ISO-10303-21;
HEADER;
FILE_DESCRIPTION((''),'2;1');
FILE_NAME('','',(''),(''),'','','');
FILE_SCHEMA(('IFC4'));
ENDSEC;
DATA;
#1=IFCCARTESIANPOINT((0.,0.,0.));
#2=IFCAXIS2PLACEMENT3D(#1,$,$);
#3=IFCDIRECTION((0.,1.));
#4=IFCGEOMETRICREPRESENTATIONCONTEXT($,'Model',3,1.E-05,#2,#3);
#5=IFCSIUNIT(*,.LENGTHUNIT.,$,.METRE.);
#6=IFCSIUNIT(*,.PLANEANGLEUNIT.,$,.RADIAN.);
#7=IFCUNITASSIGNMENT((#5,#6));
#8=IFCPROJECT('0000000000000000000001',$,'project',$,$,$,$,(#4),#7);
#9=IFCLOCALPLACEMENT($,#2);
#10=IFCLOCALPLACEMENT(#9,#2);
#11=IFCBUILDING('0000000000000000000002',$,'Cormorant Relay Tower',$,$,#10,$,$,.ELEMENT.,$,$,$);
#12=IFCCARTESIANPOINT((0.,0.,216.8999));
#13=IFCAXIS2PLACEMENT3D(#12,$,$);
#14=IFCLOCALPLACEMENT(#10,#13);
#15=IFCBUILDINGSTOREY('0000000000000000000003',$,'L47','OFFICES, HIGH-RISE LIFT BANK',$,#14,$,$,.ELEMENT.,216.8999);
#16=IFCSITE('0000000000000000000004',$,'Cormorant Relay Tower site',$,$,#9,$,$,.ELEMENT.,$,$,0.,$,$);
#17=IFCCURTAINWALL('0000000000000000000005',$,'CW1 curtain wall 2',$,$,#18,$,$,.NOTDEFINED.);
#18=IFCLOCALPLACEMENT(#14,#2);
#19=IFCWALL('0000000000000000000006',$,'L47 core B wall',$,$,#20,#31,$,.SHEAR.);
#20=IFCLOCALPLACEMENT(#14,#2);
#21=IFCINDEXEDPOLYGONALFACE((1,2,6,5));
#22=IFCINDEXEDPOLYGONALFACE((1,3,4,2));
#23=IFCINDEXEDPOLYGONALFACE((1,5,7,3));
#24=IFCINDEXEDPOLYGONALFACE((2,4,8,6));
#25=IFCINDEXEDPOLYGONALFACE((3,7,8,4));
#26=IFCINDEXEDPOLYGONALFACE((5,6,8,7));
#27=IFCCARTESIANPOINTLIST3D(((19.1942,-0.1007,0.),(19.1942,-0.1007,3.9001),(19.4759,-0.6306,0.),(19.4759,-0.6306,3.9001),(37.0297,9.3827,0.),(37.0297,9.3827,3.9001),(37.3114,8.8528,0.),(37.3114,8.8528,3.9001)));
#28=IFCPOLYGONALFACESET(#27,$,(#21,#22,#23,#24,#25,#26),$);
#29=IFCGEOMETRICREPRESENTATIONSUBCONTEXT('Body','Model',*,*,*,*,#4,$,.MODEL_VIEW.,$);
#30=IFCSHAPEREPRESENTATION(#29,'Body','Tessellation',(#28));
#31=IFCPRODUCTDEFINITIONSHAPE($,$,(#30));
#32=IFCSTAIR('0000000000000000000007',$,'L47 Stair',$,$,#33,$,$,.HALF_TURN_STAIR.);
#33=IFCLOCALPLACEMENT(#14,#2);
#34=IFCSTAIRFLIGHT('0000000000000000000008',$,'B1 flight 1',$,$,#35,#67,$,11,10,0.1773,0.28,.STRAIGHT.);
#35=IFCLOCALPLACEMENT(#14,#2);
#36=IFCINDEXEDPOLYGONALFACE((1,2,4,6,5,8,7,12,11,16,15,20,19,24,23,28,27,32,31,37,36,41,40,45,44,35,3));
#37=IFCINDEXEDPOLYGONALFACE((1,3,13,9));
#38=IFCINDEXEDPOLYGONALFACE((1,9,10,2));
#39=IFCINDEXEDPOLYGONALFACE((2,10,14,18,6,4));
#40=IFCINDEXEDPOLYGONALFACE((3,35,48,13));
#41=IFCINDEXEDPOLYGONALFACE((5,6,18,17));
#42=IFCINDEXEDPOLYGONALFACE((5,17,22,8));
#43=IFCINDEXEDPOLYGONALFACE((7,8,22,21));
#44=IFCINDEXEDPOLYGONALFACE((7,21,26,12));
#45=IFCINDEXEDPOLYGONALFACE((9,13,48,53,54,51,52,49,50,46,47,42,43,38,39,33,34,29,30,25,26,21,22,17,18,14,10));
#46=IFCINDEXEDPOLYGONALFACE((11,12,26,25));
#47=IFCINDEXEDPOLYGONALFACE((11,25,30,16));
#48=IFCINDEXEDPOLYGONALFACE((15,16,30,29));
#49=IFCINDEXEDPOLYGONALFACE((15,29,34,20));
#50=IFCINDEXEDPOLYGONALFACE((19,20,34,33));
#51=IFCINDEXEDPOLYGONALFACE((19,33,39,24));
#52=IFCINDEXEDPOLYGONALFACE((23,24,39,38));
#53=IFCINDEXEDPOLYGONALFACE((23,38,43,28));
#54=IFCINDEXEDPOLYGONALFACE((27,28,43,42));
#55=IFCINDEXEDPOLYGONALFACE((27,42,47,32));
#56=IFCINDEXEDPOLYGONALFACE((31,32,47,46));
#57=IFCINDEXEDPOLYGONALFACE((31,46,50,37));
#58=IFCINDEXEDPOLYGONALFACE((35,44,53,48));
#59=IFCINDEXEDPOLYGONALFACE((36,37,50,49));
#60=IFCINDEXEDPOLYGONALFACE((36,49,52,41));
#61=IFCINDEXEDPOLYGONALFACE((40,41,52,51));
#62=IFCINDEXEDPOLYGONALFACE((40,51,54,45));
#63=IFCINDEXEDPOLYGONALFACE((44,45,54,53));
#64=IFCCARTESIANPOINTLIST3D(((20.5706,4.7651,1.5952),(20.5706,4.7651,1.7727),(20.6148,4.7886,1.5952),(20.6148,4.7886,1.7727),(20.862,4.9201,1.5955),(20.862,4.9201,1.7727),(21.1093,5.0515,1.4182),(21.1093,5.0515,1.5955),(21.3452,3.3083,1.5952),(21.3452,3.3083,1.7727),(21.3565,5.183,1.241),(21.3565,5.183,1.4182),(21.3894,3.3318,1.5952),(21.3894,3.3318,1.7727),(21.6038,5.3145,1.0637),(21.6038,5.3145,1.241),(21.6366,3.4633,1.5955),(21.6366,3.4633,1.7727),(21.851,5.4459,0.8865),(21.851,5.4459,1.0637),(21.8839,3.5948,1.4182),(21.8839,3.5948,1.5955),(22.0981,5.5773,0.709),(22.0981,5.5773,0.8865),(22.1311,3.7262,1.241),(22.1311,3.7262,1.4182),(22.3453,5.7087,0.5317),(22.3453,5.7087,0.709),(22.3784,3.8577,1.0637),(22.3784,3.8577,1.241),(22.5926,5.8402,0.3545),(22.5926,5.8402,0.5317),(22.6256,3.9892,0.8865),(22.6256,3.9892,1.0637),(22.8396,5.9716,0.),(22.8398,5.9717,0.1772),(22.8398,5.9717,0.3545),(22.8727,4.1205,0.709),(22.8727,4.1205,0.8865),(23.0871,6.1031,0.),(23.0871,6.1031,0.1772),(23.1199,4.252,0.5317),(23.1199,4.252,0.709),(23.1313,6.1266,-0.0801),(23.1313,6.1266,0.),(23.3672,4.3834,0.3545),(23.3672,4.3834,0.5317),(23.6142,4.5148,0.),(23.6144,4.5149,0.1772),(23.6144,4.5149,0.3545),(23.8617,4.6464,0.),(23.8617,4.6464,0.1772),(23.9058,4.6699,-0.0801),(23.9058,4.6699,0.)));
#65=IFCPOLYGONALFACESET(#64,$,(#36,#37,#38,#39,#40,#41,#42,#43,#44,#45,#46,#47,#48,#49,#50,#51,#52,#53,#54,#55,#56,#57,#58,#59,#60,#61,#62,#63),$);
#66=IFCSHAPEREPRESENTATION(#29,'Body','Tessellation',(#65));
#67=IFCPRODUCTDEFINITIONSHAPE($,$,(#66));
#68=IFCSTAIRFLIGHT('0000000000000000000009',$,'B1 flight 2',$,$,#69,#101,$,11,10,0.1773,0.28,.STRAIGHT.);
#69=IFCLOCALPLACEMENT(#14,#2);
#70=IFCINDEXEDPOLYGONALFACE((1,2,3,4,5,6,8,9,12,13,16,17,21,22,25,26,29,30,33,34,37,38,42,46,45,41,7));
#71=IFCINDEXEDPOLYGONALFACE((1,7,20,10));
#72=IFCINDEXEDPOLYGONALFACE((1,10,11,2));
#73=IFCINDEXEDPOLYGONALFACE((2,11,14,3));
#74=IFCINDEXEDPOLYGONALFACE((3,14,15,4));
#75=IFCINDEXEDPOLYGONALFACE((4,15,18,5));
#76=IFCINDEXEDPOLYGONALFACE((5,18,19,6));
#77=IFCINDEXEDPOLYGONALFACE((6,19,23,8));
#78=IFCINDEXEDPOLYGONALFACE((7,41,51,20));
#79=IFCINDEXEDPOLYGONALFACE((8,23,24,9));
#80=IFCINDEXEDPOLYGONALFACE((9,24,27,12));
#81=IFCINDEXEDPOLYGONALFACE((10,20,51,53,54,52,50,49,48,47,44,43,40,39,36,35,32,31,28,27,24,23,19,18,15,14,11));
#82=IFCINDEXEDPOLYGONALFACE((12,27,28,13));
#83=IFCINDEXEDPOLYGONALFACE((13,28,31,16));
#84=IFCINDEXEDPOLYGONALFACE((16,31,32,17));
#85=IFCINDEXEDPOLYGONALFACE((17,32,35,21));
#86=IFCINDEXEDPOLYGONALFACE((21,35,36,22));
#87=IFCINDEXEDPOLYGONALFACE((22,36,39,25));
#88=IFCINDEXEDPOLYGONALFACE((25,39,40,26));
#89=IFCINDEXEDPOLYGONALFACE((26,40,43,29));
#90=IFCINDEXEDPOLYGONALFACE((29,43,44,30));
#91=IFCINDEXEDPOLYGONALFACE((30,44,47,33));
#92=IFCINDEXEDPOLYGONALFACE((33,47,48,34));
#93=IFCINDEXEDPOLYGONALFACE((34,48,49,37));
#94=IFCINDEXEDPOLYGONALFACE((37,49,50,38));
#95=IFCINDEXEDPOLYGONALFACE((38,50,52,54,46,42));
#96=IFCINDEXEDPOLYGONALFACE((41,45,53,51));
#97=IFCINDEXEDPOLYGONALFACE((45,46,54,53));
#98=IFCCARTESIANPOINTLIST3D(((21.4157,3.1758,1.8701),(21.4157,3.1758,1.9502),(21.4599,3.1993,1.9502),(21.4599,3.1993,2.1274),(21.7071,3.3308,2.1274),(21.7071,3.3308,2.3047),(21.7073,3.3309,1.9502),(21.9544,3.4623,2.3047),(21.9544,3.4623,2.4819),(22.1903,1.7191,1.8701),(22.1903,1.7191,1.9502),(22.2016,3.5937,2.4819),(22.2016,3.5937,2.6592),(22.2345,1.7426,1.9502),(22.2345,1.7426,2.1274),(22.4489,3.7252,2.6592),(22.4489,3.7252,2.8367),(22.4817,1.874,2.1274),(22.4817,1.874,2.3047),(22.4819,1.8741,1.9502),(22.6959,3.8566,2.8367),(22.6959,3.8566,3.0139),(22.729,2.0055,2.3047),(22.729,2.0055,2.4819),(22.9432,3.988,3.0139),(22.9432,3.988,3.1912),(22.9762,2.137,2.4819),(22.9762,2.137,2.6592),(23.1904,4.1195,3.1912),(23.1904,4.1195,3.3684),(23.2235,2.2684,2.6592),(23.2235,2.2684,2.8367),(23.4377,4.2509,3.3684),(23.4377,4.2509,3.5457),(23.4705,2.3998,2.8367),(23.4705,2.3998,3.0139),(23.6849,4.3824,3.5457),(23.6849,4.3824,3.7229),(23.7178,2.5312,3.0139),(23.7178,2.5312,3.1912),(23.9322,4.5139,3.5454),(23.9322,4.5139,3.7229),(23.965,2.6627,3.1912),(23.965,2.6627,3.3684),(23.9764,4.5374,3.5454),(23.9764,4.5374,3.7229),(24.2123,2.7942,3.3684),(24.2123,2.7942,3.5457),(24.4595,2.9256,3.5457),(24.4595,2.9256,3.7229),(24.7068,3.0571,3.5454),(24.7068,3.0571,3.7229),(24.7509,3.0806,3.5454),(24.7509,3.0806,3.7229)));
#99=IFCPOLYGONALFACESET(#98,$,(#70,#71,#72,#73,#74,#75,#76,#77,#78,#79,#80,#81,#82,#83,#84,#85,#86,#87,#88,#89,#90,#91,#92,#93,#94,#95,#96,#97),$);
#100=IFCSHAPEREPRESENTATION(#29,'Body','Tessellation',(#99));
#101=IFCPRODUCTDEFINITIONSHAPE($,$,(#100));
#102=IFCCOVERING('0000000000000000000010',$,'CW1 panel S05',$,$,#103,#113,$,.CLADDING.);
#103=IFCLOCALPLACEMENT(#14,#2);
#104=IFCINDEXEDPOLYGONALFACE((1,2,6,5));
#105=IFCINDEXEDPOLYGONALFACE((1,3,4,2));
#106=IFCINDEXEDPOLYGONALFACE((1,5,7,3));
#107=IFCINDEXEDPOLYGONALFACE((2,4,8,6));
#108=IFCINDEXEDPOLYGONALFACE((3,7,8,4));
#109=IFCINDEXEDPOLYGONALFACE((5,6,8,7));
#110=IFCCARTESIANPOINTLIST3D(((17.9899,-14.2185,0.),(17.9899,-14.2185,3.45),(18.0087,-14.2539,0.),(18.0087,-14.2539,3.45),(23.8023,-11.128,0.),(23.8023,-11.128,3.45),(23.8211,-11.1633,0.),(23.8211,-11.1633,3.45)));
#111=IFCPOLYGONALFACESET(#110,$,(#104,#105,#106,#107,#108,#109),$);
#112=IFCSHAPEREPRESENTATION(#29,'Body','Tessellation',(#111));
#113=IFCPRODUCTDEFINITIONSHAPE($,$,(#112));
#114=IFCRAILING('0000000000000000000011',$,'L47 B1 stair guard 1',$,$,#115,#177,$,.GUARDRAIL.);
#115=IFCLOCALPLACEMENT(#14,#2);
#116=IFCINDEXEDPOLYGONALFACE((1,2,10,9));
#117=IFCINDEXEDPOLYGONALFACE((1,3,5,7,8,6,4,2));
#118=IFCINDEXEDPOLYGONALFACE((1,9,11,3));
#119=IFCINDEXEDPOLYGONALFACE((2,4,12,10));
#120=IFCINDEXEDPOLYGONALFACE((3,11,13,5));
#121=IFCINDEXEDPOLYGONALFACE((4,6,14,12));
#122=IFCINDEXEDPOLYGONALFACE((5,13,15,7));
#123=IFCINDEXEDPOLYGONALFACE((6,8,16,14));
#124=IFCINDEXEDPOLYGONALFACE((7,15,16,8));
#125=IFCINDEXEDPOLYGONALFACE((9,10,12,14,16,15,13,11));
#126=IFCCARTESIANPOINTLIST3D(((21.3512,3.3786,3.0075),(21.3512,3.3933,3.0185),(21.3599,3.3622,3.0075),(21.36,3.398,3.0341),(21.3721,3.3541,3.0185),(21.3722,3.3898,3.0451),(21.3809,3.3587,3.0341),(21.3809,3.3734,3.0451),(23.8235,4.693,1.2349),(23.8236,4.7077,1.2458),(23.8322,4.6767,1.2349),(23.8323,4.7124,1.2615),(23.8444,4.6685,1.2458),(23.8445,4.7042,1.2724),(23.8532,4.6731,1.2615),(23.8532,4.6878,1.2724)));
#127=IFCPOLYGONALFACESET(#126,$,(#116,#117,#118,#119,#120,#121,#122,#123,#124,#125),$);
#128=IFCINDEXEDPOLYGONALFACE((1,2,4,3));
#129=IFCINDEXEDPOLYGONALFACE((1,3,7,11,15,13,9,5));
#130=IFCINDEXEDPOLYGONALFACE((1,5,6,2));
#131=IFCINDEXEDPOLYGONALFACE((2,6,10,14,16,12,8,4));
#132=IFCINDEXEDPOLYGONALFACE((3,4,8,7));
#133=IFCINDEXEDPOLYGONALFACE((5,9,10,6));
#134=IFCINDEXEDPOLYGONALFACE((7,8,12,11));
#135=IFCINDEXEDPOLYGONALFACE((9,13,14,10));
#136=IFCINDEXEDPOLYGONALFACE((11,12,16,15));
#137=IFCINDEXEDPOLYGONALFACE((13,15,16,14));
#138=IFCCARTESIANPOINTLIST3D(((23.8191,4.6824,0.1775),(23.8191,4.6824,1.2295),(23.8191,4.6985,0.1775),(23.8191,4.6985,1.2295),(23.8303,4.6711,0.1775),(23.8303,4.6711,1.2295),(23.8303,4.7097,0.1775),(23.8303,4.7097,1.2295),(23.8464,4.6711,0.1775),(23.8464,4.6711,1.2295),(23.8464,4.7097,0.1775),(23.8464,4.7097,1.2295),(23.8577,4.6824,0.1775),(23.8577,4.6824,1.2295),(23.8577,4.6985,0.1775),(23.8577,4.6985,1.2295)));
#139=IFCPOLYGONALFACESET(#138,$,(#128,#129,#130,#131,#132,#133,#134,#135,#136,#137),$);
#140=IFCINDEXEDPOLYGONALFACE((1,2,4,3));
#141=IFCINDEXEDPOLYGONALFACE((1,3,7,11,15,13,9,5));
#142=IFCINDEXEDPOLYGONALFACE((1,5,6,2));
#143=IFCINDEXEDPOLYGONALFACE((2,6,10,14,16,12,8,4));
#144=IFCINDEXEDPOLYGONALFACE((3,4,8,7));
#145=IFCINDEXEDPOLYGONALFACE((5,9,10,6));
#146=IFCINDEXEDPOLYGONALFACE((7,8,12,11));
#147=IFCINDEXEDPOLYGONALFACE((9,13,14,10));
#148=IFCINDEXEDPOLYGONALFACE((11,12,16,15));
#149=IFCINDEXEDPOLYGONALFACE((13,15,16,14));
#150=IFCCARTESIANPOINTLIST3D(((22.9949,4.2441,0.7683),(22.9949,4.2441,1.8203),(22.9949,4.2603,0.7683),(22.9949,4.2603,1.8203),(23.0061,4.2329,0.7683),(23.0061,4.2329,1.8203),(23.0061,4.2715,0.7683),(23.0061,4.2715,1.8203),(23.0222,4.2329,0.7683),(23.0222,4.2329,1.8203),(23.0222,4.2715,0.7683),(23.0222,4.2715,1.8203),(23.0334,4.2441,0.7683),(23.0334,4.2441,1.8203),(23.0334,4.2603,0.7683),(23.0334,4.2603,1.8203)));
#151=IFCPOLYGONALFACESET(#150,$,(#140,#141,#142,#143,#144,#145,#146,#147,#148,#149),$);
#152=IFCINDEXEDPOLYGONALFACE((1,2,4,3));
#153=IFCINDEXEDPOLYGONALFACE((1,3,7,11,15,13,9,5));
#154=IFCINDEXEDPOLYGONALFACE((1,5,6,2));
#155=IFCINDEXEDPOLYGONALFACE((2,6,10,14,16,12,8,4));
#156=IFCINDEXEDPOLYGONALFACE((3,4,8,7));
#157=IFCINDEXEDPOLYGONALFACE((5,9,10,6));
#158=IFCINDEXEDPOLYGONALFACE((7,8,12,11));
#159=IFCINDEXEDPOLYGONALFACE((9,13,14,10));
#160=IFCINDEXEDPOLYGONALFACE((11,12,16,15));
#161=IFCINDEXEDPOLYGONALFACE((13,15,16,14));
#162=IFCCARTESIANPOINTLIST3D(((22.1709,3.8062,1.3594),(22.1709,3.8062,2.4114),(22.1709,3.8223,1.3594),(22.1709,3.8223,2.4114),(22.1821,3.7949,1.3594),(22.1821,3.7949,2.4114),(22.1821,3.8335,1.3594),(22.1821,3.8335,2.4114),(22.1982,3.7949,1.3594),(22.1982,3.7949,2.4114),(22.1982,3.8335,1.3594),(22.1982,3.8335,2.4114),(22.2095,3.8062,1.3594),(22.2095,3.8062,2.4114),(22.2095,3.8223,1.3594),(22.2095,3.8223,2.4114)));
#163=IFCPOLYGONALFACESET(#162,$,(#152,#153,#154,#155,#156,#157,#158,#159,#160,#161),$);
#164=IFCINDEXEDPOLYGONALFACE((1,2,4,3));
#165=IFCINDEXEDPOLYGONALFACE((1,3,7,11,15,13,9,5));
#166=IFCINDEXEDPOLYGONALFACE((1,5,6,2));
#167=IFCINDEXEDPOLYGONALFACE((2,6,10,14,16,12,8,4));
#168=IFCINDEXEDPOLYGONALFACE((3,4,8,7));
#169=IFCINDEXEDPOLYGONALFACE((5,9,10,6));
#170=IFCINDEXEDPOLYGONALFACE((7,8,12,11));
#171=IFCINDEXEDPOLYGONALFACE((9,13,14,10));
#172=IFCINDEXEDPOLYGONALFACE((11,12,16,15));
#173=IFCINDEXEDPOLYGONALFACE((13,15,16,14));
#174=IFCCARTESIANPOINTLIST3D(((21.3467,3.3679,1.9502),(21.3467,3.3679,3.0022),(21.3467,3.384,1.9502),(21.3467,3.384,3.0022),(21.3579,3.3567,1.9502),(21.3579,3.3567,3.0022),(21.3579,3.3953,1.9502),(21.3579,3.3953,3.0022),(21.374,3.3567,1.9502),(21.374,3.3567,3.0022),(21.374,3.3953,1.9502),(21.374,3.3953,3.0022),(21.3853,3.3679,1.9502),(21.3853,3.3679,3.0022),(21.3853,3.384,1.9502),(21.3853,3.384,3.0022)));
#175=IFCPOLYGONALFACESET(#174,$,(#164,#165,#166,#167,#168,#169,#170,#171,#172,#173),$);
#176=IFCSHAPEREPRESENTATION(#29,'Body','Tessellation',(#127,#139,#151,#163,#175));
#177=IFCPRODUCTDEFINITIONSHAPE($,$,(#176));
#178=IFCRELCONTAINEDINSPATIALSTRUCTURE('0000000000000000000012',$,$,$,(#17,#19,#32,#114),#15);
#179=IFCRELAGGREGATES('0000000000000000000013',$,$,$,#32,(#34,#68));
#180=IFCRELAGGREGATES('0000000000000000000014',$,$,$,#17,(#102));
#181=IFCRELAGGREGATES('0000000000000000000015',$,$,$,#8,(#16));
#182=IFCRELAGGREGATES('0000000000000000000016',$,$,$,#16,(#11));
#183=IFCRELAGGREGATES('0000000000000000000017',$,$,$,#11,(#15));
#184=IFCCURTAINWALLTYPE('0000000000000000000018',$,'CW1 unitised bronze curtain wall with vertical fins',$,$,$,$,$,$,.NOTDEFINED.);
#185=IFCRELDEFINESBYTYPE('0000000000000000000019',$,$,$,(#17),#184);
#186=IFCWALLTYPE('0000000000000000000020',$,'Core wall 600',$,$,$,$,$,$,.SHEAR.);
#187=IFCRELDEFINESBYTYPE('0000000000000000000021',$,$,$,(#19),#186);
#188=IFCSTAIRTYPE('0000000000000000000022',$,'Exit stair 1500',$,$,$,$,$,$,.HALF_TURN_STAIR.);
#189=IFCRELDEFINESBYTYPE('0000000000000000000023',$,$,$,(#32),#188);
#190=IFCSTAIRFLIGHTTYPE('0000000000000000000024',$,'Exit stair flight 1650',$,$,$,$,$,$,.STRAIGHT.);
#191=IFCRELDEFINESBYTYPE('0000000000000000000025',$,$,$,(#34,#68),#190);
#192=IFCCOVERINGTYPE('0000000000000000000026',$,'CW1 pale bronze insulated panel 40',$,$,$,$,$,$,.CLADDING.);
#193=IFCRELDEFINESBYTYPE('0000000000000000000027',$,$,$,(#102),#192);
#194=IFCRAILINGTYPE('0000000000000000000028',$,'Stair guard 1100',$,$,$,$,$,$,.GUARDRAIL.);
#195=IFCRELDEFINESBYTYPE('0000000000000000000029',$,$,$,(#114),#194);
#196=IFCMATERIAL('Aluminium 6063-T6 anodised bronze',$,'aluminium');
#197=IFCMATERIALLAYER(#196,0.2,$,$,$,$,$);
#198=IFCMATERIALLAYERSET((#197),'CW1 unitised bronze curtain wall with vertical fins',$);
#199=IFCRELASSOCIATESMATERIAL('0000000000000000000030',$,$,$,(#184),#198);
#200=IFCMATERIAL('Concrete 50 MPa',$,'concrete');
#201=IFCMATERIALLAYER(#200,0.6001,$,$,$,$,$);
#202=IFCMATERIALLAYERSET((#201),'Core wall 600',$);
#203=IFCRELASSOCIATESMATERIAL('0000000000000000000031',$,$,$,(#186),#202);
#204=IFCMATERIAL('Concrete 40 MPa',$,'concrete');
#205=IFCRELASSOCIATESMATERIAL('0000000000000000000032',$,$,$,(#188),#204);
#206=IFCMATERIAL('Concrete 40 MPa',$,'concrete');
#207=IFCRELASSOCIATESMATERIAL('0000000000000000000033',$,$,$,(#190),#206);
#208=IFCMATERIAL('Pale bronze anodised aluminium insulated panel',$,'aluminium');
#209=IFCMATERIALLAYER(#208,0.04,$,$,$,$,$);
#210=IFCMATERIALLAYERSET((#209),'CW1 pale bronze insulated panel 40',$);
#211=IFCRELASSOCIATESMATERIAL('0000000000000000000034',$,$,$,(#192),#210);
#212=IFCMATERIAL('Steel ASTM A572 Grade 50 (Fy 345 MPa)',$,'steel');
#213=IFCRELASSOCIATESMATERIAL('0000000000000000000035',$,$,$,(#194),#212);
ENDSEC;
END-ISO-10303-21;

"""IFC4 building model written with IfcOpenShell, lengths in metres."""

from ifc_helpers import new_model, si_unit, direction, frame, frame_2d, origin, origin_2d, place, context, subcontext, project, spatial, polyline, rectangle, outline, extrude, material, layer, layer_set, type_object, element, aggregate, save


model = new_model("IFC4")

# Units and contexts
model_context = context("Model", 3, precision=1e-05, world=origin(), true_north=direction((0.0, 1.0)))
body_context = subcontext(model_context, "Body", "Model", "MODEL_VIEW")
ifc_project = project(units=[si_unit("LENGTHUNIT", "METRE"), si_unit("PLANEANGLEUNIT", "RADIAN")], contexts=[model_context])

# Site, building, storey
site_placement = place(None, origin())
site = spatial("IfcSite", under=ifc_project, at=site_placement, Name="Cormorant Relay Tower site", CompositionType="ELEMENT", RefElevation=0.0)
building_placement = place(site_placement, origin())
building = spatial("IfcBuilding", under=site, at=building_placement, Name="Cormorant Relay Tower", CompositionType="ELEMENT")
storey_placement = place(building_placement, frame((0.0, 0.0, 216.8999)))
storey = spatial("IfcBuildingStorey", under=building, at=storey_placement, Name="L47", Description="OFFICES, HIGH-RISE LIFT BANK", CompositionType="ELEMENT", Elevation=216.8999)

# Curtain wall
ifc_material_1 = material(Name="Aluminium 6063-T6 anodised bronze", Category="aluminium")
ifc_layer_1 = layer(ifc_material_1, 0.2)
ifc_layer_set_1 = layer_set([ifc_layer_1], Name="CW1 unitised bronze curtain wall with vertical fins")
curtain_wall_type = type_object("IfcCurtainWallType", Name="CW1 unitised bronze curtain wall with vertical fins", PredefinedType="NOTDEFINED", material=ifc_layer_set_1)
curtain_wall_placement = place(storey_placement, origin())
curtain_wall = element("IfcCurtainWall", 1, at=curtain_wall_placement, inside=storey, type_object=curtain_wall_type, Name="CW1 curtain wall 2", PredefinedType="NOTDEFINED")

# Shared definitions
ifc_material_2 = material(Name="Concrete 50 MPa", Category="concrete")
ifc_layer_2 = layer(ifc_material_2, 0.6001)
ifc_layer_set_2 = layer_set([ifc_layer_2], Name="Core wall 600")
wall_type_1 = type_object("IfcWallType", Name="Core wall 600", PredefinedType="SHEAR", material=ifc_layer_set_2)

# Wall
wall_1_placement = place(storey_placement, frame((19.335, -0.3657, 0.0), z_axis=(0.0, 0.0, 1.0), x_axis=(0.882945, 0.469476, 0.0)))
element("IfcWall", 2, at=wall_1_placement, inside=storey, type_object=wall_type_1, Name="L47 core B wall", PredefinedType="SHEAR", context=body_context, shape_type="SweptSolid", body=[
    extrude(rectangle(XDim=20.2, YDim=0.6001, at=frame_2d((10.1001, 0.0))), origin(), (0.0, 0.0, 1.0), 3.9001),
])

# Stair, stair flights
ifc_material_3 = material(Name="Concrete 40 MPa", Category="concrete")
stair_type = type_object("IfcStairType", Name="Exit stair 1500", PredefinedType="HALF_TURN_STAIR", material=ifc_material_3)
stair_placement = place(storey_placement, origin())
stair = element("IfcStair", 3, at=stair_placement, inside=storey, type_object=stair_type, Name="L47 Stair", PredefinedType="HALF_TURN_STAIR")
ifc_material_4 = material(Name="Concrete 40 MPa", Category="concrete")
stair_flight_type = type_object("IfcStairFlightType", Name="Exit stair flight 1650", PredefinedType="STRAIGHT", material=ifc_material_4)
stair_flight_1_placement = place(storey_placement, frame((23.4744, 5.3748, 0.0), z_axis=(0.0, 0.0, 1.0), x_axis=(-0.882948, -0.469472, 0.0)))
stair_flight_1 = element("IfcStairFlight", 4, at=stair_flight_1_placement, type_object=stair_flight_type, Name="B1 flight 1", NumberOfRisers=11, NumberOfTreads=10, PredefinedType="STRAIGHT", RiserHeight=0.1773, TreadLength=0.28, context=body_context, shape_type="SweptSolid", body=[
    extrude(outline(polyline([(-0.05, -0.0801), (-0.05, 0.0), (0.0, 0.0), (0.0, 0.1772), (0.28, 0.1772), (0.28, 0.3545), (0.5601, 0.3545), (0.5601, 0.5317), (0.8401, 0.5317), (0.8401, 0.709), (1.1201, 0.709), (1.1201, 0.8865), (1.3999, 0.8865), (1.3999, 1.0637), (1.6799, 1.0637), (1.6799, 1.241), (1.96, 1.241), (1.96, 1.4182), (2.24, 1.4182), (2.24, 1.5955), (2.52, 1.5955), (2.52, 1.7727), (2.8, 1.7727), (2.8501, 1.7727), (2.8501, 1.5952), (2.8, 1.5952), (0.2803, 0.0), (-0.05, -0.0801)])), frame((0.0, 0.825, 0.0), z_axis=(0.0, -1.0, 0.0), x_axis=(1.0, 0.0, 0.0)), (0.0, 0.0, 1.0), 1.6499),
])
stair_flight_2_placement = place(storey_placement, frame((21.8472, 2.4709, 1.9502), z_axis=(0.0, 0.0, 1.0), x_axis=(0.882948, 0.469472, 0.0)))
stair_flight_2 = element("IfcStairFlight", 5, at=stair_flight_2_placement, type_object=stair_flight_type, Name="B1 flight 2", NumberOfRisers=11, NumberOfTreads=10, PredefinedType="STRAIGHT", RiserHeight=0.1773, TreadLength=0.28, context=body_context, shape_type="SweptSolid", body=[
    extrude(outline(polyline([(-0.05, -0.0801), (-0.05, 0.0), (0.0, 0.0), (0.0, 0.1772), (0.28, 0.1772), (0.28, 0.3545), (0.5601, 0.3545), (0.5601, 0.5317), (0.8401, 0.5317), (0.8401, 0.709), (1.1201, 0.709), (1.1201, 0.8865), (1.3999, 0.8865), (1.3999, 1.0637), (1.6799, 1.0637), (1.6799, 1.241), (1.96, 1.241), (1.96, 1.4182), (2.24, 1.4182), (2.24, 1.5955), (2.52, 1.5955), (2.52, 1.7727), (2.8, 1.7727), (2.8501, 1.7727), (2.8501, 1.5952), (2.8, 1.5952), (0.2803, 0.0), (-0.05, -0.0801)])), frame((0.0, 0.825, 0.0), z_axis=(0.0, -1.0, 0.0), x_axis=(1.0, 0.0, 0.0)), (0.0, 0.0, 1.0), 1.6499),
])
aggregate(stair, [stair_flight_1, stair_flight_2])

# Covering
ifc_material_5 = material(Name="Pale bronze anodised aluminium insulated panel", Category="aluminium")
ifc_layer_3 = layer(ifc_material_5, 0.04)
ifc_layer_set_3 = layer_set([ifc_layer_3], Name="CW1 pale bronze insulated panel 40")
covering_type = type_object("IfcCoveringType", Name="CW1 pale bronze insulated panel 40", PredefinedType="CLADDING", material=ifc_layer_set_3)
covering_placement = place(storey_placement, frame((20.9055, -12.6909, 0.0), z_axis=(0.0, 0.0, 1.0), x_axis=(0.882948, 0.469472, 0.0)))
covering = element("IfcCovering", 6, at=covering_placement, type_object=covering_type, Name="CW1 panel S05", PredefinedType="CLADDING", context=body_context, shape_type="SweptSolid", body=[
    extrude(rectangle(XDim=6.583, YDim=0.04, at=origin_2d()), origin(), (0.0, 0.0, 1.0), 3.45),
])
aggregate(curtain_wall, [covering])

# Railing
ifc_material_6 = material(Name="Steel ASTM A572 Grade 50 (Fy 345 MPa)", Category="steel")
railing_type_1 = type_object("IfcRailingType", Name="Stair guard 1100", PredefinedType="GUARDRAIL", material=ifc_material_6)
railing_1_placement = place(storey_placement, frame((23.8384, 4.6904, 0.1775)))
element("IfcRailing", 7, at=railing_1_placement, inside=storey, type_object=railing_type_1, Name="L47 B1 stair guard 1", PredefinedType="GUARDRAIL", context=body_context, shape_type="SweptSolid", body=[
    extrude(outline(polyline([(0.0222, 0.0093), (0.0093, 0.0222), (-0.0093, 0.0222), (-0.0222, 0.0093), (-0.0222, -0.0093), (-0.0093, -0.0222), (0.0093, -0.0222), (0.0222, -0.0093), (0.0222, 0.0093)])), frame((0.0, 0.0, 1.0762), z_axis=(-0.746034, -0.396627, 0.534902), x_axis=(0.469429, -0.88297, 0.0)), (0.0, 0.0, 1.0), 3.314),
    extrude(outline(polyline([(0.0193, 0.0081), (0.0081, 0.0193), (-0.0081, 0.0193), (-0.0193, 0.0081), (-0.0193, -0.0081), (-0.0081, -0.0193), (0.0081, -0.0193), (0.0193, -0.0081), (0.0193, 0.0081)])), origin(), (0.0, 0.0, 1.0), 1.052),
    extrude(outline(polyline([(0.0193, 0.0081), (0.0081, 0.0193), (-0.0081, 0.0193), (-0.0193, 0.0081), (-0.0193, -0.0081), (-0.0081, -0.0193), (0.0081, -0.0193), (0.0193, -0.0081), (0.0193, 0.0081)])), frame((-0.8242, -0.4382, 0.5908)), (0.0, 0.0, 1.0), 1.052),
    extrude(outline(polyline([(0.0193, 0.0081), (0.0081, 0.0193), (-0.0081, 0.0193), (-0.0193, 0.0081), (-0.0193, -0.0081), (-0.0081, -0.0193), (0.0081, -0.0193), (0.0193, -0.0081), (0.0193, 0.0081)])), frame((-1.6482, -0.8762, 1.1819)), (0.0, 0.0, 1.0), 1.052),
    extrude(outline(polyline([(0.0193, 0.0081), (0.0081, 0.0193), (-0.0081, 0.0193), (-0.0193, 0.0081), (-0.0193, -0.0081), (-0.0081, -0.0193), (0.0081, -0.0193), (0.0193, -0.0081), (0.0193, 0.0081)])), frame((-2.4724, -1.3145, 1.7727)), (0.0, 0.0, 1.0), 1.052),
])

save(model, "model.ifc")
